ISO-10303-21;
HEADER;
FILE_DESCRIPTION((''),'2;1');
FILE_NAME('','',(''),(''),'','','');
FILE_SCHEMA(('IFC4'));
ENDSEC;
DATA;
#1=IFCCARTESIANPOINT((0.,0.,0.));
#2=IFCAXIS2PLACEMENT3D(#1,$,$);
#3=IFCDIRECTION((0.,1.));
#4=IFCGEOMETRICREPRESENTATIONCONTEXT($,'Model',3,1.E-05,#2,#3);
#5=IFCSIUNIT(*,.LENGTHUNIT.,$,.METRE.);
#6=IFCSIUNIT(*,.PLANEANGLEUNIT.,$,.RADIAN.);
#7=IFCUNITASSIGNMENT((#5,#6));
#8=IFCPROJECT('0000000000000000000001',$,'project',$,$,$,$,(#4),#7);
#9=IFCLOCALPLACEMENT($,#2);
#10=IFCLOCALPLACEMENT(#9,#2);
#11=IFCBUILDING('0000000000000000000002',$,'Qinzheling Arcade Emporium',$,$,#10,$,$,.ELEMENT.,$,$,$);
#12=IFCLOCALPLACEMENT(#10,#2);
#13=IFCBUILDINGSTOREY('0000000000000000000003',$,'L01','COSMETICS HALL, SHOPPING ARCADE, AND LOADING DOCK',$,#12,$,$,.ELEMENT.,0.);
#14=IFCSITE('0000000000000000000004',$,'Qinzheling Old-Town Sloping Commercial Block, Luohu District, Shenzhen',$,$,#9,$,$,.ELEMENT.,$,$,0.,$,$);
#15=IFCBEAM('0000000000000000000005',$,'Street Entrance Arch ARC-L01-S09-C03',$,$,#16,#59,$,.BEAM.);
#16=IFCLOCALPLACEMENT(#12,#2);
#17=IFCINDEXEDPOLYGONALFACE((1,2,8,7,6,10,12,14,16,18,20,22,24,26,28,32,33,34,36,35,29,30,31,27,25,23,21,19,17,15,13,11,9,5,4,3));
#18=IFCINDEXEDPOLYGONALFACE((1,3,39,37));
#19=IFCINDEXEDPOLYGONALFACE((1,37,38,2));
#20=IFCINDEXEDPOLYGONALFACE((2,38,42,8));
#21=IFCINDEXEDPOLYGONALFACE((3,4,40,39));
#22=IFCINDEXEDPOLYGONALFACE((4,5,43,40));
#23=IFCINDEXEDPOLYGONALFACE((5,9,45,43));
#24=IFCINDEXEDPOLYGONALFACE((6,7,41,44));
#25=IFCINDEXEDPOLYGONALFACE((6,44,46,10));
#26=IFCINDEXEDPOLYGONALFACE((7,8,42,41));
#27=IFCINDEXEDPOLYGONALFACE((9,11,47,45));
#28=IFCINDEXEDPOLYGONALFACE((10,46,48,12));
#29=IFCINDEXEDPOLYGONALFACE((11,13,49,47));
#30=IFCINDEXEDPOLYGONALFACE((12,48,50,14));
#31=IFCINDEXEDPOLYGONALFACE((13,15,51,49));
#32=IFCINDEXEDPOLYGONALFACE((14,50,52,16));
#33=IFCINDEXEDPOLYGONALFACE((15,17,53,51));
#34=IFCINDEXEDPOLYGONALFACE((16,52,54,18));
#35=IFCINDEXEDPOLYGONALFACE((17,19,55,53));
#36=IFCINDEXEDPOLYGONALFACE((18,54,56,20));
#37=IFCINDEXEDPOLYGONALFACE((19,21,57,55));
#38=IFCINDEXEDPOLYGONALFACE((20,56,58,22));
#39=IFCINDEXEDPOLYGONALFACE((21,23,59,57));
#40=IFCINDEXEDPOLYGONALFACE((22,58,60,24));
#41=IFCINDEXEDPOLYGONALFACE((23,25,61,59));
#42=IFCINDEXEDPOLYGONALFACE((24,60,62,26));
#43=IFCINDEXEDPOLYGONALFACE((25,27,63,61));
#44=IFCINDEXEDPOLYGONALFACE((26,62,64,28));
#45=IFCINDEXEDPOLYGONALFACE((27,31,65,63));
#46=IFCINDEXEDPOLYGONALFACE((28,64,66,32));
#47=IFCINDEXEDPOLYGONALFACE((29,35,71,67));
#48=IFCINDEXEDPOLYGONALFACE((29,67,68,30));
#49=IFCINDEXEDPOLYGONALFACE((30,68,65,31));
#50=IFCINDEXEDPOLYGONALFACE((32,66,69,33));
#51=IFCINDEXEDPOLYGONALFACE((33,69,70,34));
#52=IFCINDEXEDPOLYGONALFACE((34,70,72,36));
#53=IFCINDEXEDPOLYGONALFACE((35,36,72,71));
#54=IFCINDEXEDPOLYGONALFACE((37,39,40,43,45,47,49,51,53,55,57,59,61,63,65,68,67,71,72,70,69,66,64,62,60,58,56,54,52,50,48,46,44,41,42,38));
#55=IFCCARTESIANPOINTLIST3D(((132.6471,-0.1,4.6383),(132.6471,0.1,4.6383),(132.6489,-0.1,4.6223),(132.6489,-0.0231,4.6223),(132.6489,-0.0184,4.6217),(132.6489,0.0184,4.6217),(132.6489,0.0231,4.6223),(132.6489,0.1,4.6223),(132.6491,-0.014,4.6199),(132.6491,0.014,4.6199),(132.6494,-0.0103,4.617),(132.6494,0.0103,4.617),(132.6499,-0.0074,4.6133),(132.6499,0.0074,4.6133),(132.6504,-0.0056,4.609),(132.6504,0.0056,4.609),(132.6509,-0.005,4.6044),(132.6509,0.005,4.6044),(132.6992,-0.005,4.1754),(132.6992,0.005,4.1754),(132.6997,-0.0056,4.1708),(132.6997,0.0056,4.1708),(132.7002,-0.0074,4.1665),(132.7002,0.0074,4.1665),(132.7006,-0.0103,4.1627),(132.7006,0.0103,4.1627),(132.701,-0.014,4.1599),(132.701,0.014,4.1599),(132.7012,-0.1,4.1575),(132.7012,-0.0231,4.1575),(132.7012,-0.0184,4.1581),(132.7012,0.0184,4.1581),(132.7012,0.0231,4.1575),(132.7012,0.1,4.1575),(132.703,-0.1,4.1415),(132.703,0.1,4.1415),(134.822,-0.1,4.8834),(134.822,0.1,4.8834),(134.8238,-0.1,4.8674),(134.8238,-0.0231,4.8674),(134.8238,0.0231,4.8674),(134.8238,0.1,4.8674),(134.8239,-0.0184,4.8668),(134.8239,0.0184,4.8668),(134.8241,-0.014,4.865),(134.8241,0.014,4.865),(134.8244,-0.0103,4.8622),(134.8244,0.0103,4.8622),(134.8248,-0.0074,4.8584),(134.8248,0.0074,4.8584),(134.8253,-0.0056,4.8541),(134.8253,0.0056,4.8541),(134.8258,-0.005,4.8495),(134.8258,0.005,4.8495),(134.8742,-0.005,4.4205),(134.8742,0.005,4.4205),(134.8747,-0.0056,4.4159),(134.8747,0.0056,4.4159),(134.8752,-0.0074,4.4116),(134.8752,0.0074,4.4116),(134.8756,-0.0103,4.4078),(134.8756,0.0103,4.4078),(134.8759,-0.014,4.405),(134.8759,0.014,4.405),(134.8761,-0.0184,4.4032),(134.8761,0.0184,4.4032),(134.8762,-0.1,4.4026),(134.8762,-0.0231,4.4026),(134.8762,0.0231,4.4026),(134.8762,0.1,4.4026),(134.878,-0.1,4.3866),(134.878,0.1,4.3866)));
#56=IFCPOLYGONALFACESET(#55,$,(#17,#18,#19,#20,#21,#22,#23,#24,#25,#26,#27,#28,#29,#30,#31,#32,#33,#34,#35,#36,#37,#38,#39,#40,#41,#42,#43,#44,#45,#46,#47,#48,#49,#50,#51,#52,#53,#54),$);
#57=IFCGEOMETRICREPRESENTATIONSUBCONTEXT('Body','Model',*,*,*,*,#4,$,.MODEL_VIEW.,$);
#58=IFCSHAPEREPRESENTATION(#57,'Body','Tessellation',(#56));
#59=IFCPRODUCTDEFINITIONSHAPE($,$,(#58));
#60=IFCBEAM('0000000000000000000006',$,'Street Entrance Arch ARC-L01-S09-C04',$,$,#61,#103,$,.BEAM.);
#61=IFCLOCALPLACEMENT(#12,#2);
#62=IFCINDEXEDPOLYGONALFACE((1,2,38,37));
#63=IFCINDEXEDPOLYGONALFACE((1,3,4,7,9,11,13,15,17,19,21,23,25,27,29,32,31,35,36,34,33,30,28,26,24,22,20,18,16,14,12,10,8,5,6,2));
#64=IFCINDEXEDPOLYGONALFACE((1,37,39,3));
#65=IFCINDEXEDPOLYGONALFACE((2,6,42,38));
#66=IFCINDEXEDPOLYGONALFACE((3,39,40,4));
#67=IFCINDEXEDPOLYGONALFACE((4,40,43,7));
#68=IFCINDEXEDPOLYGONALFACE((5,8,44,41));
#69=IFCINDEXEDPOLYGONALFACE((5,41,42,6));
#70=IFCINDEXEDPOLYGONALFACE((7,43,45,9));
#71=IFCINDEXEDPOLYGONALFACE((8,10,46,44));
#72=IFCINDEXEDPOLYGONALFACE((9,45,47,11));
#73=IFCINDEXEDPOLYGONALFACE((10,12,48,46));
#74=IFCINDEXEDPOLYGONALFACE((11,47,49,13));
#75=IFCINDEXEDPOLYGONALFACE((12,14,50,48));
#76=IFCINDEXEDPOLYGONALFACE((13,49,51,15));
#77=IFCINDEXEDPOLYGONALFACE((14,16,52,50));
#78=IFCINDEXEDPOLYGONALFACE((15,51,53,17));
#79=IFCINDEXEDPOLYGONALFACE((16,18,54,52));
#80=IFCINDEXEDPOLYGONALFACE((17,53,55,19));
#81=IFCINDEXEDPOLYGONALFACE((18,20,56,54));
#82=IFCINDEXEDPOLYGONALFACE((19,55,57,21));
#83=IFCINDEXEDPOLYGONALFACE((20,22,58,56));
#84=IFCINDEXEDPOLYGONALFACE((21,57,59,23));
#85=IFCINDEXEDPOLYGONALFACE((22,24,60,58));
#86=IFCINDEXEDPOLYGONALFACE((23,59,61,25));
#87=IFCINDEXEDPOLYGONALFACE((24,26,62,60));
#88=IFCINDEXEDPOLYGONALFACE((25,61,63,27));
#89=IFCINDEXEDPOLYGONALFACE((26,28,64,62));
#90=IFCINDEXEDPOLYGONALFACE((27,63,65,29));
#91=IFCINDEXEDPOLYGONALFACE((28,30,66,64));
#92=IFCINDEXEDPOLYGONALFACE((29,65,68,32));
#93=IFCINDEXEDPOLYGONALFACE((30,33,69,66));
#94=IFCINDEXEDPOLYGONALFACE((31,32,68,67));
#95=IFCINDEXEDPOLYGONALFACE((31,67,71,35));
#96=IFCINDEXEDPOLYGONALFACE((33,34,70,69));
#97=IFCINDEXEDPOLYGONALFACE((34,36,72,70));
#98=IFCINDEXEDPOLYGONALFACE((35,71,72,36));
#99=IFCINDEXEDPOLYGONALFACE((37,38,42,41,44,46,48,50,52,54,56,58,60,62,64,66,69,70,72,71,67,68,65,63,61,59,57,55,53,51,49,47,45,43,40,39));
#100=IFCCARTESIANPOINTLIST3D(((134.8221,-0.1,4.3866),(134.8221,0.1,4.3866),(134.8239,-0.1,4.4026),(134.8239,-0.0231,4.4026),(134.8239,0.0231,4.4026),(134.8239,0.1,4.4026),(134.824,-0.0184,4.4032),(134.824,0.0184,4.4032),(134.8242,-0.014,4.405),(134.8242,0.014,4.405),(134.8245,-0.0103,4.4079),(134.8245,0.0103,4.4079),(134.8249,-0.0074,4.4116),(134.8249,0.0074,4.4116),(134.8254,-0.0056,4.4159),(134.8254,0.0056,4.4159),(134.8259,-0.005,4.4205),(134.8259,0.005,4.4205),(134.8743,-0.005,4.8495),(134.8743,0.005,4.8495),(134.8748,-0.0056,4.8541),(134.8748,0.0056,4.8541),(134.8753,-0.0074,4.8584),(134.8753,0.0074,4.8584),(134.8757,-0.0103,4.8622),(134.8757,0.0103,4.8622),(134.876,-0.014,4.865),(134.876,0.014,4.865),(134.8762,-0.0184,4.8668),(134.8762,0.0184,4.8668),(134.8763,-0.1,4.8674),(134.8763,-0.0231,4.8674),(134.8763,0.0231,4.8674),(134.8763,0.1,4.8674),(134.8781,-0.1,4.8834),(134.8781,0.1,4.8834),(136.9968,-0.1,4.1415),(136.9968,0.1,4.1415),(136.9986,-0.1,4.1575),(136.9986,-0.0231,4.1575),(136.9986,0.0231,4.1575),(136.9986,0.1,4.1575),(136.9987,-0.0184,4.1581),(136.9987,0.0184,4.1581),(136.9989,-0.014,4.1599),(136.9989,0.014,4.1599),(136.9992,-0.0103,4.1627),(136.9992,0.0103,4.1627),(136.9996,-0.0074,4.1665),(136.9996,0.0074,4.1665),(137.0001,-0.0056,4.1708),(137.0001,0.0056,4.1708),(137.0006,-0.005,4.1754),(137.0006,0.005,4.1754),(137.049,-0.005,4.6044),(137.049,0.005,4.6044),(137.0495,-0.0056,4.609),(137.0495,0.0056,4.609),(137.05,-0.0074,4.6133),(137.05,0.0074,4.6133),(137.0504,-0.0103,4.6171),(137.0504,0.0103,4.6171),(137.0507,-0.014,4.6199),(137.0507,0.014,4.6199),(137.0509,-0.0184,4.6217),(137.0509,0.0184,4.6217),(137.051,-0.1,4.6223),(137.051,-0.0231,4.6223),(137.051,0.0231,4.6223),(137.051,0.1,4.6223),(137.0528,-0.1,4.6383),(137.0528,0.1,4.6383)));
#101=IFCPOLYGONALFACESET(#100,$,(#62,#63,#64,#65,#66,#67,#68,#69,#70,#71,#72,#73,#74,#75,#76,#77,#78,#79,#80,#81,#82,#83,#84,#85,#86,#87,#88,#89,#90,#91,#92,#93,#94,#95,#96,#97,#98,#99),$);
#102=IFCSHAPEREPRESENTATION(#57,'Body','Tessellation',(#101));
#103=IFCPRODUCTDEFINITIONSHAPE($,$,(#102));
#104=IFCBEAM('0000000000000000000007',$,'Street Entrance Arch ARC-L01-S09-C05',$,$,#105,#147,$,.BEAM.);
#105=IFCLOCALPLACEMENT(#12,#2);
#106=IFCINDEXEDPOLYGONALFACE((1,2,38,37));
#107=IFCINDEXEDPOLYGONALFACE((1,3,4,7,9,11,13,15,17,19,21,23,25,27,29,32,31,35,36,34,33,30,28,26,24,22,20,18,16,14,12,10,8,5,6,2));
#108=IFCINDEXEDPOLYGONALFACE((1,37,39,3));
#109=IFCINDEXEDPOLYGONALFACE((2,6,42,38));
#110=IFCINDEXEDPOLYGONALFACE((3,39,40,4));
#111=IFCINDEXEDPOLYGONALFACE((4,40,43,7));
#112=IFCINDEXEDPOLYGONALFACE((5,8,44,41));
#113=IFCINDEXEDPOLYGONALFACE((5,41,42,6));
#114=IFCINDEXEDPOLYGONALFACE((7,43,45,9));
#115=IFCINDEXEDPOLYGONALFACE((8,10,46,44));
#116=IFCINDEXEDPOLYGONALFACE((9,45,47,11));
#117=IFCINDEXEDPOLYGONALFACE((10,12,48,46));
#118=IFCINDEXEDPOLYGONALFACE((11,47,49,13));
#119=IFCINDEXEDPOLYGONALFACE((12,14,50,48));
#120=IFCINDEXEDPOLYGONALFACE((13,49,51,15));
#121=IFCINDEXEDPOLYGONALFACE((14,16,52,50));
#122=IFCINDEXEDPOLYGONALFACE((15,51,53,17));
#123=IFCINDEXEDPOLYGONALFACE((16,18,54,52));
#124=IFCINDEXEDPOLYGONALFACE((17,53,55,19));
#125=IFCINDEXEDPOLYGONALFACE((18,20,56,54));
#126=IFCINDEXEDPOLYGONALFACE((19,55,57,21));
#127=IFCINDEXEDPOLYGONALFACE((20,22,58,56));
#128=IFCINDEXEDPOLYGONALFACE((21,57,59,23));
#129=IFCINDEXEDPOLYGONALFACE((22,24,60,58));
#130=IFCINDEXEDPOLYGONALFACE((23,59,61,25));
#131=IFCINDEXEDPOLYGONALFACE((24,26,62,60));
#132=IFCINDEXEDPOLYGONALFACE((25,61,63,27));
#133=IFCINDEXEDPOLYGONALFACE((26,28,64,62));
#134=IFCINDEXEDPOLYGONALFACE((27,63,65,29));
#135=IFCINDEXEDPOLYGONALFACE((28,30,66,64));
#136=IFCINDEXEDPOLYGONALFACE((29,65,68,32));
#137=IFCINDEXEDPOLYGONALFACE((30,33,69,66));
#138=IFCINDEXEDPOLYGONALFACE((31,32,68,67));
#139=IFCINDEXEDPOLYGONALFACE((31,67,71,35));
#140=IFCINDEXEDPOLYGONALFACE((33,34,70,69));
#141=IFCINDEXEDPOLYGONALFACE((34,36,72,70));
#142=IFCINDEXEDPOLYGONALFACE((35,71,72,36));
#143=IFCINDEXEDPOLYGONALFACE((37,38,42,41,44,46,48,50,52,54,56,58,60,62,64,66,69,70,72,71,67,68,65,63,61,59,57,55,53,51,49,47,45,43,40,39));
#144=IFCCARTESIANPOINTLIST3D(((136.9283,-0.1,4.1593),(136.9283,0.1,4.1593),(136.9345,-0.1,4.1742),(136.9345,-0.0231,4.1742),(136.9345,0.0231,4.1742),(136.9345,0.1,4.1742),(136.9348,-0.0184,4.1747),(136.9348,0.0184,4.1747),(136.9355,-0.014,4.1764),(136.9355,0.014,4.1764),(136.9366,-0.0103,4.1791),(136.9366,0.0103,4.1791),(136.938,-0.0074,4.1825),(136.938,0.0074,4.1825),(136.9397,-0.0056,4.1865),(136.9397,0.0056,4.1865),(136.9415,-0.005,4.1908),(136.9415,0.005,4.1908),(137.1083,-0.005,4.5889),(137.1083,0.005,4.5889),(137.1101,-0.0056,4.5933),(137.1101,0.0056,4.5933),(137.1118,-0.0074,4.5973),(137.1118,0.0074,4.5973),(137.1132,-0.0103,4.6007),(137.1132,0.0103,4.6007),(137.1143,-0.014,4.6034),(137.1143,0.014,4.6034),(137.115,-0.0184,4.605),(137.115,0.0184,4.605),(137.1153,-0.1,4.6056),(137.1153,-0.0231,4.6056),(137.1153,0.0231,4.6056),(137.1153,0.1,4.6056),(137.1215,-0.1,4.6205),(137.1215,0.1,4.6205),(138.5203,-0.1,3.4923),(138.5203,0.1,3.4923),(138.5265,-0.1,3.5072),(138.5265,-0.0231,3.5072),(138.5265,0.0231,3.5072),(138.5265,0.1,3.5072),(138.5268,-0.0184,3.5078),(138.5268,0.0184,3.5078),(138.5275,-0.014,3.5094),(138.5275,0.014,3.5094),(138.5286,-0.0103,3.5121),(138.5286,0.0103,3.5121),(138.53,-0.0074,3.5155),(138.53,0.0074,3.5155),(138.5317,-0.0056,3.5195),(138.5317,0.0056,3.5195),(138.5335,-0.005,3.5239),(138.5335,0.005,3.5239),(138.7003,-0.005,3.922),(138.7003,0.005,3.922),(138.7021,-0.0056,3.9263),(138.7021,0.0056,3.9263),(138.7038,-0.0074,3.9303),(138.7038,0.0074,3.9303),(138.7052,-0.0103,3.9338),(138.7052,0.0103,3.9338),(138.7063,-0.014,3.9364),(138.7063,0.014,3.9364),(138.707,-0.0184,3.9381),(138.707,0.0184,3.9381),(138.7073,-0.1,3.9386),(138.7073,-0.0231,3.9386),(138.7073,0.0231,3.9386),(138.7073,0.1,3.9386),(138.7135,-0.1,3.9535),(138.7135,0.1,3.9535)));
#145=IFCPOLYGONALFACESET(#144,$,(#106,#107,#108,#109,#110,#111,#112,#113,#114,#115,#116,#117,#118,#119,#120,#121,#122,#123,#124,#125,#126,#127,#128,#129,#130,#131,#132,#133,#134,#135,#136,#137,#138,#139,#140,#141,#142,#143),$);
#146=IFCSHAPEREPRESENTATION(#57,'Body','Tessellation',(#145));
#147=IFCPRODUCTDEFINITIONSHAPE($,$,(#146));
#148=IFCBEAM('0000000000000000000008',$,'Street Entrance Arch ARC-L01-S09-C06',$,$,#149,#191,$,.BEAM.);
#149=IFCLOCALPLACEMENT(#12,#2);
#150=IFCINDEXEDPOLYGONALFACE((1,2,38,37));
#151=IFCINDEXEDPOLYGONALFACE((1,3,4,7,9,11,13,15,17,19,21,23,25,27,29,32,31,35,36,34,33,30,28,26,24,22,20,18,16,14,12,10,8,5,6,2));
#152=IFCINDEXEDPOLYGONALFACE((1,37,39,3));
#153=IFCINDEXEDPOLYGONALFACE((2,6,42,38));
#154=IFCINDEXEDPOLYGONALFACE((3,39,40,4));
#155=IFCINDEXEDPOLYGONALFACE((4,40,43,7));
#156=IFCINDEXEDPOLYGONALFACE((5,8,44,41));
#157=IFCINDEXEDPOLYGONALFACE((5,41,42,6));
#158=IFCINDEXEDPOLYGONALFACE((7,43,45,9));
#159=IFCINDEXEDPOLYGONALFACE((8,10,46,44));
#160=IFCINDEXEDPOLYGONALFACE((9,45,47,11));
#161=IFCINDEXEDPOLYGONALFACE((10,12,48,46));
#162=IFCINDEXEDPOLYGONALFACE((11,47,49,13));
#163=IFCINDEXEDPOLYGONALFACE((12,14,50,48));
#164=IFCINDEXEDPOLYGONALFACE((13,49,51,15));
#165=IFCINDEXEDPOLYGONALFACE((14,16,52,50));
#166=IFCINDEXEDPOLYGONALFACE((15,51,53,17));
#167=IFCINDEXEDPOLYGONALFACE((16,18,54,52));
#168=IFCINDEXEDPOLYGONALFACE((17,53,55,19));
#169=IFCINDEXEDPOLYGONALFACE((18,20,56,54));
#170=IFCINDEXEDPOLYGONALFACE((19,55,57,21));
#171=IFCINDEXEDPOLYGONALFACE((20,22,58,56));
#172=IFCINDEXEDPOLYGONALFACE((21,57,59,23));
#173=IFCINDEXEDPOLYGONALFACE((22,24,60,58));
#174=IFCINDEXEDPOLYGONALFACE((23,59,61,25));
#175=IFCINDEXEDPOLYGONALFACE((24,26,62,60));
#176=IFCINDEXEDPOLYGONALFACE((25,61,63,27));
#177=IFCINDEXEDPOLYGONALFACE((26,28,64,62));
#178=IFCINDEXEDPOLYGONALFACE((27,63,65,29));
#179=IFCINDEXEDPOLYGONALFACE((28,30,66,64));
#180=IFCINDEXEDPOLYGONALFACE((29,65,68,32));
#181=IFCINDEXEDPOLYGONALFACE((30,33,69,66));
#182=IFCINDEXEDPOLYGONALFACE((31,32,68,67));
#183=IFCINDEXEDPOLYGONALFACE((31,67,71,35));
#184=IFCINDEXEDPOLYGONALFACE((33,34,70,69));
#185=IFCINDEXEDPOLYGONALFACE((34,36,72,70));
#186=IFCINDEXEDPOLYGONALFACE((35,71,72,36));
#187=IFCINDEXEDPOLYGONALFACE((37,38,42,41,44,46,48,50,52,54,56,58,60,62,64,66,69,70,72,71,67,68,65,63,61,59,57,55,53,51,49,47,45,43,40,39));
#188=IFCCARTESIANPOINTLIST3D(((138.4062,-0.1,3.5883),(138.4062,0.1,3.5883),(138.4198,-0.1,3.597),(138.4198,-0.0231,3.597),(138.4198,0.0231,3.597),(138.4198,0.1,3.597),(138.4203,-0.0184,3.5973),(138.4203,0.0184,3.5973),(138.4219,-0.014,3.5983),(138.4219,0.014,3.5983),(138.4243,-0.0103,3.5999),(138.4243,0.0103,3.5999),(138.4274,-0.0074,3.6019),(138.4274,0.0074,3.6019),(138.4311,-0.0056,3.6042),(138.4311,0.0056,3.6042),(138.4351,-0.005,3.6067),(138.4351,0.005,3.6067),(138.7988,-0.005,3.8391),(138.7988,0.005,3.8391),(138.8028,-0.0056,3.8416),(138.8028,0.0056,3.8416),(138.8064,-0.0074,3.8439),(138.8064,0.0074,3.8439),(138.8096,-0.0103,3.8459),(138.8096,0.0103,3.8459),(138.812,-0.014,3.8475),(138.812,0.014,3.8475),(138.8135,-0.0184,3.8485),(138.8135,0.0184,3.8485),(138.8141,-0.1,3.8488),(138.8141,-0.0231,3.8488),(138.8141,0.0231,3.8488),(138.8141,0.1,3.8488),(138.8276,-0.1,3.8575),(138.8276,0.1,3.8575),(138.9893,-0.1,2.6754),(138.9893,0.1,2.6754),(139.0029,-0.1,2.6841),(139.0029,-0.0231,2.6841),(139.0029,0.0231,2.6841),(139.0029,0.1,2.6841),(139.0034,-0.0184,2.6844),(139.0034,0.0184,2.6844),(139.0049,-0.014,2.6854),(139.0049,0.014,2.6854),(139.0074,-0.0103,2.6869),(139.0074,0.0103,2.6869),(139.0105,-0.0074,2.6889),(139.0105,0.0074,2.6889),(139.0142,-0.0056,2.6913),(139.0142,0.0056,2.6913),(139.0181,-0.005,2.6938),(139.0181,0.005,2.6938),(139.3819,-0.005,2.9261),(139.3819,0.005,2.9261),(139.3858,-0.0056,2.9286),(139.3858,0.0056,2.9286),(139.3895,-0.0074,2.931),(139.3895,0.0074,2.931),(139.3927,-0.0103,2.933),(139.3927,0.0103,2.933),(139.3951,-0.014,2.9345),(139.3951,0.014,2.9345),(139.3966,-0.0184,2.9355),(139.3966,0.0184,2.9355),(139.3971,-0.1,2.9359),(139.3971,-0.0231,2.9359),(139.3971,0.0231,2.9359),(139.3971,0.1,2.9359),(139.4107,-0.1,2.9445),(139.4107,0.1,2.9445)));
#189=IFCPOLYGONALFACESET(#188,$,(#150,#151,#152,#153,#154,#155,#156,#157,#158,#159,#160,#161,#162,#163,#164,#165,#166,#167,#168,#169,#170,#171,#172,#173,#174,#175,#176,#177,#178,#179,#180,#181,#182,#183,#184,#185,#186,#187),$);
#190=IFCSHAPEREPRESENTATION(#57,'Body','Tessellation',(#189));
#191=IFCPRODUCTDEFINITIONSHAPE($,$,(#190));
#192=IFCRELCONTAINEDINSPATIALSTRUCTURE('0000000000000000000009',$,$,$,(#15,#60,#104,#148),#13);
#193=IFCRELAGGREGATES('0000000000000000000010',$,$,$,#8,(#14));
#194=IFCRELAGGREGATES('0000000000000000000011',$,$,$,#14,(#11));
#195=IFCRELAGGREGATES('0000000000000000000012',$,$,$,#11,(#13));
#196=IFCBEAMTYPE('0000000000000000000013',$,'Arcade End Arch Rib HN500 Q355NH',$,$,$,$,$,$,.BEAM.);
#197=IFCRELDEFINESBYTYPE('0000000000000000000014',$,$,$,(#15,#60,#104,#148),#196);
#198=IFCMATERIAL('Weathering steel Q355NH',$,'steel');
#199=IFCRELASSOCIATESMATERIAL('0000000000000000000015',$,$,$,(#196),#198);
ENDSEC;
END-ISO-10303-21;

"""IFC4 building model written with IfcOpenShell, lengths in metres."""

from ifc_helpers import new_model, si_unit, direction, frame, origin, origin_2d, place, context, subcontext, project, spatial, i_section, extrude, material, material_profile, profile_set, type_object, element, save


model = new_model("IFC4")

# Units and contexts
model_context = context("Model", 3, precision=1e-05, world=origin(), true_north=direction((0.0, 1.0)))
body_context = subcontext(model_context, "Body", "Model", "MODEL_VIEW")
ifc_project = project(units=[si_unit("LENGTHUNIT", "METRE"), si_unit("PLANEANGLEUNIT", "RADIAN")], contexts=[model_context])

# Site, building, storey
site_placement = place(None, origin())
site = spatial("IfcSite", under=ifc_project, at=site_placement, Name="Qinzheling Old-Town Sloping Commercial Block, Luohu District, Shenzhen", CompositionType="ELEMENT", RefElevation=0.0)
building_placement = place(site_placement, origin())
building = spatial("IfcBuilding", under=site, at=building_placement, Name="Qinzheling Arcade Emporium", CompositionType="ELEMENT")
storey_placement = place(building_placement, origin())
storey = spatial("IfcBuildingStorey", under=building, at=storey_placement, Name="L01", Description="COSMETICS HALL, SHOPPING ARCADE, AND LOADING DOCK", CompositionType="ELEMENT", Elevation=0.0)

# Beams
ifc_material_1 = material(Name="Weathering steel Q355NH", Category="steel")
ifc_material_profile_1 = material_profile(ifc_material_1, i_section(OverallWidth=0.2, OverallDepth=0.5, WebThickness=0.01, FlangeThickness=0.0161, FilletRadius=0.0181, at=origin_2d()), Name="HN 500x200x10x16", Category="steel")
ifc_profile_set_1 = profile_set([ifc_material_profile_1], Name="Weathering steel Q355NH")
beam_type_1 = type_object("IfcBeamType", Name="Arcade End Arch Rib HN500 Q355NH", PredefinedType="BEAM", material=ifc_profile_set_1)
beam_1_placement = place(storey_placement, frame((132.675, 0.0, 4.3899), z_axis=(0.99371, 0.0, 0.111986), x_axis=(0.0, 1.0, 0.0)))
element("IfcBeam", 1, at=beam_1_placement, inside=storey, type_object=beam_type_1, Name="Street Entrance Arch ARC-L01-S09-C03", PredefinedType="BEAM", context=body_context, shape_type="SweptSolid", body=[
    extrude(i_section(OverallWidth=0.2, OverallDepth=0.5, WebThickness=0.01, FlangeThickness=0.0161, FilletRadius=0.0181, at=origin_2d()), origin(), (0.0, 0.0, 1.0), 2.1887),
])
beam_2_placement = place(storey_placement, frame((134.8501, 0.0, 4.635), z_axis=(0.993708, 0.0, -0.111999), x_axis=(0.0, 1.0, 0.0)))
element("IfcBeam", 2, at=beam_2_placement, inside=storey, type_object=beam_type_1, Name="Street Entrance Arch ARC-L01-S09-C04", PredefinedType="BEAM", context=body_context, shape_type="SweptSolid", body=[
    extrude(i_section(OverallWidth=0.2, OverallDepth=0.5, WebThickness=0.01, FlangeThickness=0.0161, FilletRadius=0.0181, at=origin_2d()), origin(), (0.0, 0.0, 1.0), 2.1885),
])
beam_3_placement = place(storey_placement, frame((137.0249, 0.0, 4.3899), z_axis=(0.922326, 0.0, -0.386412), x_axis=(0.0, 1.0, 0.0)))
element("IfcBeam", 3, at=beam_3_placement, inside=storey, type_object=beam_type_1, Name="Street Entrance Arch ARC-L01-S09-C05", PredefinedType="BEAM", context=body_context, shape_type="SweptSolid", body=[
    extrude(i_section(OverallWidth=0.2, OverallDepth=0.5, WebThickness=0.01, FlangeThickness=0.0161, FilletRadius=0.0181, at=origin_2d()), origin(), (0.0, 0.0, 1.0), 1.7261),
])
for number, where, z_axis, x_axis, name in (
    (4, (138.6169, 0.0, 3.7229), (0.53826, 0.0, -0.842779), (0.0, 1.0, 0.0), "Street Entrance Arch ARC-L01-S09-C06"),
):
    element("IfcBeam", number, at=place(storey_placement, frame(where, z_axis=z_axis, x_axis=x_axis)), inside=storey, type_object=beam_type_1, Name=name, PredefinedType="BEAM", context=body_context, shape_type="SweptSolid", body=[
        extrude(i_section(OverallWidth=0.2, OverallDepth=0.5, WebThickness=0.01, FlangeThickness=0.0161, FilletRadius=0.0181, at=origin_2d()), origin(), (0.0, 0.0, 1.0), 1.0833),
    ])

save(model, "model.ifc")
